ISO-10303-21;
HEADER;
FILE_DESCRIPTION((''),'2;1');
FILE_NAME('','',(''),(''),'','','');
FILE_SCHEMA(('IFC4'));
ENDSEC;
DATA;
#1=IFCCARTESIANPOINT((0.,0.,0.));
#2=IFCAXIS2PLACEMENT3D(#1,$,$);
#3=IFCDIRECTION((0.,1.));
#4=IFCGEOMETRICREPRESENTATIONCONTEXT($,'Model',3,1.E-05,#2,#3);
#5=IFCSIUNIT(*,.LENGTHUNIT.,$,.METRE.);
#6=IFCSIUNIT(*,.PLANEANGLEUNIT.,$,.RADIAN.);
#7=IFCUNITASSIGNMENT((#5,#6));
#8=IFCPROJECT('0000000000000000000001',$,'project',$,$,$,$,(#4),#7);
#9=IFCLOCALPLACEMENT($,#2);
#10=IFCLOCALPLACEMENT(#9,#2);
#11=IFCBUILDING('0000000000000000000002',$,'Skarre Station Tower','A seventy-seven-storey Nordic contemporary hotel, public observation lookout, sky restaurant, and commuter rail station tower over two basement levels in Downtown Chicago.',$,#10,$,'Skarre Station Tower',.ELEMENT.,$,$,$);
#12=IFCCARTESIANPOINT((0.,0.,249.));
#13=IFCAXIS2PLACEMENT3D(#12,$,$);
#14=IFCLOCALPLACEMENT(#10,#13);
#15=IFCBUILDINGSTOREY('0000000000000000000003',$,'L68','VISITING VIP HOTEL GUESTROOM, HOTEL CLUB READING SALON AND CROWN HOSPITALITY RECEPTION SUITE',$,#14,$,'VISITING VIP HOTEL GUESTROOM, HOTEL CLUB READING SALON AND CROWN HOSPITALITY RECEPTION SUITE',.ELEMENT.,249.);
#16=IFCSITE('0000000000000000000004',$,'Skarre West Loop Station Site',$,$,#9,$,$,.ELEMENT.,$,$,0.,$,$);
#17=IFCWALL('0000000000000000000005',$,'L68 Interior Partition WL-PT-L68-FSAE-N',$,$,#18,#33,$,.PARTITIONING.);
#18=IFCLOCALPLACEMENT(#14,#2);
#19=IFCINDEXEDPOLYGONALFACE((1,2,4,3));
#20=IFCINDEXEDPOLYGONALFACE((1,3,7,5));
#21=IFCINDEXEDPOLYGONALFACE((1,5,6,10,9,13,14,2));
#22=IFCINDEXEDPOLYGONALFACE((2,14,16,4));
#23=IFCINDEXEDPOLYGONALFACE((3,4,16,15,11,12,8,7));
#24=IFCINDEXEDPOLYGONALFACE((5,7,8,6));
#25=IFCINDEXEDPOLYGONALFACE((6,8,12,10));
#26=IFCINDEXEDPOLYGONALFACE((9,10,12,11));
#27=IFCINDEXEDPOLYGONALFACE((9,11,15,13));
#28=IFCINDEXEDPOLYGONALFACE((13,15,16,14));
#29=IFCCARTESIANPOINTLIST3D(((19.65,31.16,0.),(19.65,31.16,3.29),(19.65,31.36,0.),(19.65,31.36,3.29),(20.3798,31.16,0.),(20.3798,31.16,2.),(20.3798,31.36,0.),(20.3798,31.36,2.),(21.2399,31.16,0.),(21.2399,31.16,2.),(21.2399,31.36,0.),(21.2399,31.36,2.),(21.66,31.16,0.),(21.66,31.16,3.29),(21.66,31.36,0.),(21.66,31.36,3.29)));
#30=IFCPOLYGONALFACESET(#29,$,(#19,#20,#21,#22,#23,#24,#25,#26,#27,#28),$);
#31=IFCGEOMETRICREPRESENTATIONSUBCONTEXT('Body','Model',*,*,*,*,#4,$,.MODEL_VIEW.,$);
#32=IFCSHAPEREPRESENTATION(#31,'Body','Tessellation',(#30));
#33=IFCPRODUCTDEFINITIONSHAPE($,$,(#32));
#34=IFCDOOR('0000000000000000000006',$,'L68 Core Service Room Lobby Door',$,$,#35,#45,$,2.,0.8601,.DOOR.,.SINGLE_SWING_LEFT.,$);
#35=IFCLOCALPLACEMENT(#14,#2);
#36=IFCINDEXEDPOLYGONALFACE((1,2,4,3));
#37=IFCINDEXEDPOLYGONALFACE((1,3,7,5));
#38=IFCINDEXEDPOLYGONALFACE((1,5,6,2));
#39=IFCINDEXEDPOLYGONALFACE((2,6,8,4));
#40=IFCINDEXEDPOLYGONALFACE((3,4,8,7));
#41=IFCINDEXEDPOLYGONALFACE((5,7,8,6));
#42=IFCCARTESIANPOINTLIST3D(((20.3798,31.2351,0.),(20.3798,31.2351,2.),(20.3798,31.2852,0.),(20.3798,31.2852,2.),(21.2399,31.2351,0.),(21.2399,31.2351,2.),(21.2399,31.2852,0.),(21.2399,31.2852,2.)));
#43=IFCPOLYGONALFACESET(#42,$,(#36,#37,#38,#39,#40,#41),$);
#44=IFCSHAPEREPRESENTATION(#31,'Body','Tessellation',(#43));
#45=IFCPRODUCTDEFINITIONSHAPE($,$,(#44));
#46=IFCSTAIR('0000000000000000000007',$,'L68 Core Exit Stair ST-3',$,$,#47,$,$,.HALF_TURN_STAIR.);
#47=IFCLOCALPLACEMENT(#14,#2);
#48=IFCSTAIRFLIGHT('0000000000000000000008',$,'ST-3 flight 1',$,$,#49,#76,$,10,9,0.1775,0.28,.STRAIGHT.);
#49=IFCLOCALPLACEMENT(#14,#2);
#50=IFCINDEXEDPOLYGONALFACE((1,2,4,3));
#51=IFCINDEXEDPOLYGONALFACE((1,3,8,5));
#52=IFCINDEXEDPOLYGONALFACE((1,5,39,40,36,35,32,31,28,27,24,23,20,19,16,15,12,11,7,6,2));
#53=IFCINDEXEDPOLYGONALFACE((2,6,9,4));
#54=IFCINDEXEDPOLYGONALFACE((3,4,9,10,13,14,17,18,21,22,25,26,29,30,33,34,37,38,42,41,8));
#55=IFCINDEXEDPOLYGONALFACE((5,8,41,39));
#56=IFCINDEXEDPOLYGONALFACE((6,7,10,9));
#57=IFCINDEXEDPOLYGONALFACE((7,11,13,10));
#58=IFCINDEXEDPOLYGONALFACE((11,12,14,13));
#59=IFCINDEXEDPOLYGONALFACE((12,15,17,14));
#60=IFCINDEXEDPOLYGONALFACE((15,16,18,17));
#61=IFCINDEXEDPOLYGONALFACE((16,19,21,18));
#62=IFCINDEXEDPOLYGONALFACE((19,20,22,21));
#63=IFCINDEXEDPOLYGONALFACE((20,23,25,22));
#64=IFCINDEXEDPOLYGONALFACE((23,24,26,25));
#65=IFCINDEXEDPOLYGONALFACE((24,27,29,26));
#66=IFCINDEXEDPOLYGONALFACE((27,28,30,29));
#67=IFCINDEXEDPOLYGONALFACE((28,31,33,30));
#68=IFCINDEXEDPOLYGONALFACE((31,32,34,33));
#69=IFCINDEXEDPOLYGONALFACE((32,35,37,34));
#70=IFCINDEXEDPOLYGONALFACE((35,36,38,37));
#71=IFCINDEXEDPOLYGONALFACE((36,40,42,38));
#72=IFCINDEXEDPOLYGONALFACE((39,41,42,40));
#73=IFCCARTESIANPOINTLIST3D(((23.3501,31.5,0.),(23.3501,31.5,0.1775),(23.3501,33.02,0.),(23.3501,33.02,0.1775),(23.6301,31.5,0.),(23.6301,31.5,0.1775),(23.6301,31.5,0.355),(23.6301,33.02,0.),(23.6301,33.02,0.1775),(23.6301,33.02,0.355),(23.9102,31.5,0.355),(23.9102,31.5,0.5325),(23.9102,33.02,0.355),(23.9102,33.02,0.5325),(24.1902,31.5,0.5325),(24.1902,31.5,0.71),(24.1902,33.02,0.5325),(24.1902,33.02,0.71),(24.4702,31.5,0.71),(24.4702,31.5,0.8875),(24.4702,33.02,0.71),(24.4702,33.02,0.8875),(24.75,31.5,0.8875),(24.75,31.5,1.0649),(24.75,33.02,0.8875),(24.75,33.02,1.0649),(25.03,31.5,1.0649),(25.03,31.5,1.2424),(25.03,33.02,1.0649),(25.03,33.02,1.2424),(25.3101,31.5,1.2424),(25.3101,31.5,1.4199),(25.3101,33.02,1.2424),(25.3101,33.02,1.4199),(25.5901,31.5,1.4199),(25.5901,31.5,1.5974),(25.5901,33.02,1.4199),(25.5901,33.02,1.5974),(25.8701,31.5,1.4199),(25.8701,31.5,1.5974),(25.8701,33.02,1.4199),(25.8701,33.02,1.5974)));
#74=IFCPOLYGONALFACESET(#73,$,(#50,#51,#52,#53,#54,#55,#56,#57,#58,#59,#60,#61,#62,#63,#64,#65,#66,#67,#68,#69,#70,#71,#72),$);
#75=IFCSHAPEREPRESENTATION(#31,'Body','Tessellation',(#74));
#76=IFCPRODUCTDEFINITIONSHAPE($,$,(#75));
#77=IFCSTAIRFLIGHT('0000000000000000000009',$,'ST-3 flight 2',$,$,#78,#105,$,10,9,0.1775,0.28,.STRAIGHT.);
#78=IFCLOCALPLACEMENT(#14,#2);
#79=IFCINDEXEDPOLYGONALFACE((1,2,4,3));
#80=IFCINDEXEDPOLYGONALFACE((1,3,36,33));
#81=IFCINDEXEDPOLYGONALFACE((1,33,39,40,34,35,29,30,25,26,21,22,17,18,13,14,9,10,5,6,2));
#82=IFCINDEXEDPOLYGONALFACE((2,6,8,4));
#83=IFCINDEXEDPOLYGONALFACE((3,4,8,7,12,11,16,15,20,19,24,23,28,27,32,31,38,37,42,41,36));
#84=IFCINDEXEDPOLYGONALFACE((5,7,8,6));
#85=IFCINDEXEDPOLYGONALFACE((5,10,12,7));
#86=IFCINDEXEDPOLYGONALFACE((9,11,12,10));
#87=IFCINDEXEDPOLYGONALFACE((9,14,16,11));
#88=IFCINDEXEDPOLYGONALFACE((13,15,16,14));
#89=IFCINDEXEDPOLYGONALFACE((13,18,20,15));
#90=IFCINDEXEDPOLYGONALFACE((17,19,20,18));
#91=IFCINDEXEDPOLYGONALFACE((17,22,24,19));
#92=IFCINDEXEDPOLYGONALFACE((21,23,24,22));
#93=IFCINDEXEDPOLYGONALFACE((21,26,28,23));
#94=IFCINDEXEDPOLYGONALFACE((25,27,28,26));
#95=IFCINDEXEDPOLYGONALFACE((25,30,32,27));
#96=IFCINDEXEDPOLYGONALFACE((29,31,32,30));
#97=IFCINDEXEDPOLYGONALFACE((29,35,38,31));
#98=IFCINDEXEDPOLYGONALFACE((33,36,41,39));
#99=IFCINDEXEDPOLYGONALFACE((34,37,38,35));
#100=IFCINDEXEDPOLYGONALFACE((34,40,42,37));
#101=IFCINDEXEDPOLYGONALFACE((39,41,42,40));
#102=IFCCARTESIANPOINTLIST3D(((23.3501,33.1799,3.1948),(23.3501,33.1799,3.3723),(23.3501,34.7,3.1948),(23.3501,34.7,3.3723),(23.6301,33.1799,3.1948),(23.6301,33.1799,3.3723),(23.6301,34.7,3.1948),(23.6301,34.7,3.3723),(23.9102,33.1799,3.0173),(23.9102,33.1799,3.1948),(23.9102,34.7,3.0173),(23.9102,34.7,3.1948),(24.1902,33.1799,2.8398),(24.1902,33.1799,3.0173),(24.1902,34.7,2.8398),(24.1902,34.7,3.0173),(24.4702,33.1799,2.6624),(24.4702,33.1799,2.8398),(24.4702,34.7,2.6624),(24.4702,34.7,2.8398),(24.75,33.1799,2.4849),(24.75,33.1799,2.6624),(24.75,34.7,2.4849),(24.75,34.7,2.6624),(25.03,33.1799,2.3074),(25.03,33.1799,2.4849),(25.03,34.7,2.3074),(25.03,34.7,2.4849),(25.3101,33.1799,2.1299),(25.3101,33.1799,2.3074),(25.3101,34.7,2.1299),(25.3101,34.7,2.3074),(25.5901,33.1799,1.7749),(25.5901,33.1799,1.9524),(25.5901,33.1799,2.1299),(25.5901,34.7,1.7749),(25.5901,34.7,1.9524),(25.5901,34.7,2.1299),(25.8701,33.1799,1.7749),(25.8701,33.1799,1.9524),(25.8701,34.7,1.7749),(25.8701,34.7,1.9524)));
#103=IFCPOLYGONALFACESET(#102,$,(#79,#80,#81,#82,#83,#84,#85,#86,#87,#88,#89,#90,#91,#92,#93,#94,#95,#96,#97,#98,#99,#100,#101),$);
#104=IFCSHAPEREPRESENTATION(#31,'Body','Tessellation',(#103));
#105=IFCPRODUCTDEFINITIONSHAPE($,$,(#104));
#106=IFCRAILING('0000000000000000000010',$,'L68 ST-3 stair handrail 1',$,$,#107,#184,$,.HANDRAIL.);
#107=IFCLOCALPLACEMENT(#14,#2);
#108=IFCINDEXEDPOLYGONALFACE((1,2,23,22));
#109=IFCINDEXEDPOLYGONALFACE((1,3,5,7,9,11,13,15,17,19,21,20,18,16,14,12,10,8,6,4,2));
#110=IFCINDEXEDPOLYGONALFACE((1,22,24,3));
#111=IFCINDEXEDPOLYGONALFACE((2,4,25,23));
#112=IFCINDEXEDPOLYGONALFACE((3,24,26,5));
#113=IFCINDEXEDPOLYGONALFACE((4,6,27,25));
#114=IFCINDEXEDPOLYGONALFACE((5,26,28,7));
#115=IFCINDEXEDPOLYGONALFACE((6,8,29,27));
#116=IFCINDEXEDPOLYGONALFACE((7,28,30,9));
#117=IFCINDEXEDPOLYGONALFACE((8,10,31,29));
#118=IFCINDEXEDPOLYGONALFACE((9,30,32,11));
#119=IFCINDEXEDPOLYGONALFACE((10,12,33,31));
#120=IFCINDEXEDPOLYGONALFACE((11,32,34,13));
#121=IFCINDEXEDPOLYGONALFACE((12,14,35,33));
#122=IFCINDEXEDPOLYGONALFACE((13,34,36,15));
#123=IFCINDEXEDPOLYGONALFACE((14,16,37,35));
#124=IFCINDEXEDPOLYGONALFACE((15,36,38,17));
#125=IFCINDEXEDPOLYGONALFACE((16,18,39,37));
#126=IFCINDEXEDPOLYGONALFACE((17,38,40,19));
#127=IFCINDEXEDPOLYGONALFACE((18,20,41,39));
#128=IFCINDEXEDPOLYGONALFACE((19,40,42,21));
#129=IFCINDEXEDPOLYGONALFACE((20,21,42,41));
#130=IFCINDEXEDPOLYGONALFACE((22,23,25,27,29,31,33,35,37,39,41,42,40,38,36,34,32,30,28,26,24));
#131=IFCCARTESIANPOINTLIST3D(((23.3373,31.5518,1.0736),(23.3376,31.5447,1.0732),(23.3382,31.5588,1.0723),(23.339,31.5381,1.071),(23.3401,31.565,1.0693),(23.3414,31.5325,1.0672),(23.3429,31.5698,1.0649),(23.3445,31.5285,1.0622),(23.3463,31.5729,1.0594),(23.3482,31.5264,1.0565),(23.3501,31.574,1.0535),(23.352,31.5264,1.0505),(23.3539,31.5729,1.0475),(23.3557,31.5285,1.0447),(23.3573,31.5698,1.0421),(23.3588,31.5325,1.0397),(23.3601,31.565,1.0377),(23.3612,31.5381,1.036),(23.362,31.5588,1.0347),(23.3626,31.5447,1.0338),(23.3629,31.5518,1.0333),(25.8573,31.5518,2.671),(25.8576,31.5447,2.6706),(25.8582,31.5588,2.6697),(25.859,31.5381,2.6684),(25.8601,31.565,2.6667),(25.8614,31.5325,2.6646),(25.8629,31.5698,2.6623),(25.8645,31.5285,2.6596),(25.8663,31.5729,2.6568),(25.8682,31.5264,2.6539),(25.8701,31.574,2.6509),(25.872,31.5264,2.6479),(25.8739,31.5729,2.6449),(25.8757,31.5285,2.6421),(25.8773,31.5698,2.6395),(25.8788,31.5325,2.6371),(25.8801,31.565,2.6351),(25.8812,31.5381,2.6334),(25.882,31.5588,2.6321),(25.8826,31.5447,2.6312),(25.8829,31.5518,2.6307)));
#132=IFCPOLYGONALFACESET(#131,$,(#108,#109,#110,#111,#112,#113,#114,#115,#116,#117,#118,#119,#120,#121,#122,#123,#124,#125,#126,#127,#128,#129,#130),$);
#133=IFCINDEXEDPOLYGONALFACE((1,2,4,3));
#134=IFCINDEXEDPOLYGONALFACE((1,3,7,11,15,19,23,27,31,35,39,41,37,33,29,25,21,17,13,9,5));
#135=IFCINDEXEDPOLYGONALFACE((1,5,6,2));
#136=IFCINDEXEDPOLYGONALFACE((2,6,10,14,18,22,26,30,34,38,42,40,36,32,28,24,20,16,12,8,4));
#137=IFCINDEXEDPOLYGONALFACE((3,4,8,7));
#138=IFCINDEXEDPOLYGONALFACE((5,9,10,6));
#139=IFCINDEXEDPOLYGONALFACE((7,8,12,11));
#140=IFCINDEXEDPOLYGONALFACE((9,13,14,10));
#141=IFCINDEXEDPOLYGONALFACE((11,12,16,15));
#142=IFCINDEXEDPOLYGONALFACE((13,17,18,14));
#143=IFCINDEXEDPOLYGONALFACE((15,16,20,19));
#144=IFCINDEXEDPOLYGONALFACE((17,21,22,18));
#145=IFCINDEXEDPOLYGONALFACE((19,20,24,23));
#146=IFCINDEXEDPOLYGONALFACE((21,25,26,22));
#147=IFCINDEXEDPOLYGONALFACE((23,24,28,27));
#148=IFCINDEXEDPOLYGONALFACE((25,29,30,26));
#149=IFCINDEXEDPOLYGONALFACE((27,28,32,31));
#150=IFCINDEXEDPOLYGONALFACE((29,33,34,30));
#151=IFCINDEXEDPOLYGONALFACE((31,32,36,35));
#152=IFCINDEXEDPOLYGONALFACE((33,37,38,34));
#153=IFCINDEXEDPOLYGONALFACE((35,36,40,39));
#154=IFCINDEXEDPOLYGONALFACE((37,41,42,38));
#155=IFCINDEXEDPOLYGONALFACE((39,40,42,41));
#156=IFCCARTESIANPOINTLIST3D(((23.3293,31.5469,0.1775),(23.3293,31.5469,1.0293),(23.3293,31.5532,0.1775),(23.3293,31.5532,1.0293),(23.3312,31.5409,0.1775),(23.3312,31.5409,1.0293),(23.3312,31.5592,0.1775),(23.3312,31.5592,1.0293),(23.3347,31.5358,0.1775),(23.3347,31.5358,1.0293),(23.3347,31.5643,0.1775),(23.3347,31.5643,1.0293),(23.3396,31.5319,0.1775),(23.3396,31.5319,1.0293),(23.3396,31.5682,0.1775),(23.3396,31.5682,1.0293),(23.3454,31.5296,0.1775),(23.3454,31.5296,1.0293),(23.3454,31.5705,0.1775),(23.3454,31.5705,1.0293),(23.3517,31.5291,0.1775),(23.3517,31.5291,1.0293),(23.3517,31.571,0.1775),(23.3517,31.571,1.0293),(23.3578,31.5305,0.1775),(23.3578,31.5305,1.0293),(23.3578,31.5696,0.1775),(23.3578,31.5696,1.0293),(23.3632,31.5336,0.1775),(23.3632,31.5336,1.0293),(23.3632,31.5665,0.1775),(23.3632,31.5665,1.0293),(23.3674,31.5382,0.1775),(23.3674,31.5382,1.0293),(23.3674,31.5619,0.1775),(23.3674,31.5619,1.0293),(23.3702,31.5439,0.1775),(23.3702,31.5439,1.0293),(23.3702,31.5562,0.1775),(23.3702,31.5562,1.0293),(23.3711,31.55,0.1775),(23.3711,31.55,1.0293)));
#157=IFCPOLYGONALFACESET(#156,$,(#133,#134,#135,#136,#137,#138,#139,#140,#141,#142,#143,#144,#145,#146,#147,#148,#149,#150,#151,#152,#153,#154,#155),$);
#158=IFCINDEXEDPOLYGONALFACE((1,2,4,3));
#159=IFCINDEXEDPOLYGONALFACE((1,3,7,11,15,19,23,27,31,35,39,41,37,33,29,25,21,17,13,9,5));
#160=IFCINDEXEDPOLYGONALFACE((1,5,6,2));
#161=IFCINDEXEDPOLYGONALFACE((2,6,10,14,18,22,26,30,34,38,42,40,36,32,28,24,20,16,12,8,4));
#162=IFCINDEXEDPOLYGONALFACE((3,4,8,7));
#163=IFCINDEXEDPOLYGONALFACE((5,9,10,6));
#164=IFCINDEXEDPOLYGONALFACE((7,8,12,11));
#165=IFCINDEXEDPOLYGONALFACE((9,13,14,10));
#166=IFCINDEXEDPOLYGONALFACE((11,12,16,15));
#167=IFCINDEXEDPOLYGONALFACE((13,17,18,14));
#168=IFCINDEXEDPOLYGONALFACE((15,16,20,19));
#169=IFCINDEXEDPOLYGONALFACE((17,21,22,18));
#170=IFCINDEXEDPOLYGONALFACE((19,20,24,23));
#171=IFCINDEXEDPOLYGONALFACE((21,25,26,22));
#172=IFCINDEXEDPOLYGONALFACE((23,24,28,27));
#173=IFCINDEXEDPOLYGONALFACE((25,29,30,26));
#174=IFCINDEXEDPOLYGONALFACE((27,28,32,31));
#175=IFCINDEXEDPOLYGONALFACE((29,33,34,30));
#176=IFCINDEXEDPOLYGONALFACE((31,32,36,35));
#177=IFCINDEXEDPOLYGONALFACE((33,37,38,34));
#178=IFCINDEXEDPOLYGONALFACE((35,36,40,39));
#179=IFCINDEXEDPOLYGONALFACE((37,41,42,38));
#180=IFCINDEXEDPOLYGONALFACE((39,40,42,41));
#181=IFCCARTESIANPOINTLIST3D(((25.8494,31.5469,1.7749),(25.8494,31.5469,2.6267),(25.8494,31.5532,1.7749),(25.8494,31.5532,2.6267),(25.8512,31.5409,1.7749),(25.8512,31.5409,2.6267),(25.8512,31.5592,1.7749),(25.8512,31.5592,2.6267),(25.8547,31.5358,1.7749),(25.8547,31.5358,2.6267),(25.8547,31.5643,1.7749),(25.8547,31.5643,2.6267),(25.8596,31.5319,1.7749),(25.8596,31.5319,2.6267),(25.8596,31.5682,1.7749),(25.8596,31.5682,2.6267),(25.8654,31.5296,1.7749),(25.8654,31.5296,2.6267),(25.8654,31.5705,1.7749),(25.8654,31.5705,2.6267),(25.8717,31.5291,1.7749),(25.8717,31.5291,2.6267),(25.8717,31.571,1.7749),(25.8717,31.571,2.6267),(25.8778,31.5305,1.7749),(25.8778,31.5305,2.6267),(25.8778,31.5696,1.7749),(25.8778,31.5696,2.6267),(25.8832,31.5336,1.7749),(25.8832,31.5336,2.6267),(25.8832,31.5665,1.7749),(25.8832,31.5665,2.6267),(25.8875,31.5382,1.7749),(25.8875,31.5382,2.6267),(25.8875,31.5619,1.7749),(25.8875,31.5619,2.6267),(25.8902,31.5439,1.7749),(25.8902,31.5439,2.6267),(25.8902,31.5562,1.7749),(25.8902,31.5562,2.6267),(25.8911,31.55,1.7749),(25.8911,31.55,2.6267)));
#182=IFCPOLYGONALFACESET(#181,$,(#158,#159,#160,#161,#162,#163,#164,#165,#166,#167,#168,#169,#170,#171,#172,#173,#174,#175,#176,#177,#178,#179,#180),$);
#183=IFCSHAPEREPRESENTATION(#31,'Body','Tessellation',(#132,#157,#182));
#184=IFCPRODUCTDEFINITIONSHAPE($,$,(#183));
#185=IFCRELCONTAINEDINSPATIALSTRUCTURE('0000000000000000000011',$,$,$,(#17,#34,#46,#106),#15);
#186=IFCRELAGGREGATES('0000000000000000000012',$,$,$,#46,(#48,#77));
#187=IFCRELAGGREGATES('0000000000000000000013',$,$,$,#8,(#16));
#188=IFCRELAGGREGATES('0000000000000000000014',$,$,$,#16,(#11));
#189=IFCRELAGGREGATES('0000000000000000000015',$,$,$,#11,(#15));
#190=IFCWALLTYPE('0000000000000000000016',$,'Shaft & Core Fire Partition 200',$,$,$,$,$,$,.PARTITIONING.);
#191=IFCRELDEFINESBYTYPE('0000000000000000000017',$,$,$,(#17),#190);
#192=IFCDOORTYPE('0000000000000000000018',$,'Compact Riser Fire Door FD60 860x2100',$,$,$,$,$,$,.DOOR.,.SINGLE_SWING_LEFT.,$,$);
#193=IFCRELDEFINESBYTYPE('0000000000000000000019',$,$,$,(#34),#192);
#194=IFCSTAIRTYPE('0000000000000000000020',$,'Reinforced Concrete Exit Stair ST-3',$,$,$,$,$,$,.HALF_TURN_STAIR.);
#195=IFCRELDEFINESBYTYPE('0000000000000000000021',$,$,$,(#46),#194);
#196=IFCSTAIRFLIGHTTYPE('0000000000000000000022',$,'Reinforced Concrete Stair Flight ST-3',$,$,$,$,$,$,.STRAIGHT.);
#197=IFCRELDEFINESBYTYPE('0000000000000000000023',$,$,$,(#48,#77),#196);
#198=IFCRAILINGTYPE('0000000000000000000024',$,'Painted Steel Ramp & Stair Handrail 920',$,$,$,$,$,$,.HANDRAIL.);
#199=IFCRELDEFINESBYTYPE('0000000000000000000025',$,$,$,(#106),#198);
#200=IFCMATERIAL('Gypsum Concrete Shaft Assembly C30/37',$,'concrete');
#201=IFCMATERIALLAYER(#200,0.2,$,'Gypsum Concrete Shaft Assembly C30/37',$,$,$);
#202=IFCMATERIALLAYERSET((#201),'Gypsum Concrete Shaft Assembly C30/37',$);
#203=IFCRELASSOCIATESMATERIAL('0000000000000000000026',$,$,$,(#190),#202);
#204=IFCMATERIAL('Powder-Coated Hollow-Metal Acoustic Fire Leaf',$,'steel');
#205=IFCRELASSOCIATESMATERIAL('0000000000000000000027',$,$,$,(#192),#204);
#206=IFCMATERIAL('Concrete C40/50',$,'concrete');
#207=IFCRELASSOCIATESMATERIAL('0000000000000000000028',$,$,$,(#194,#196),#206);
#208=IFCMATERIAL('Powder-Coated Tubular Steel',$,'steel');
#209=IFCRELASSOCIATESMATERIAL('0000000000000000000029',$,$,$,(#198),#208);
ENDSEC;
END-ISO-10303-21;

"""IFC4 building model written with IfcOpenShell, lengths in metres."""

from ifc_helpers import new_model, si_unit, direction, frame, frame_2d, origin, origin_2d, place, context, subcontext, project, spatial, polyline, rectangle, circle, outline, extrude, material, layer, layer_set, type_object, element, fill, aggregate, save


model = new_model("IFC4")

# Units and contexts
model_context = context("Model", 3, precision=1e-05, world=origin(), true_north=direction((0.0, 1.0)))
body_context = subcontext(model_context, "Body", "Model", "MODEL_VIEW")
ifc_project = project(units=[si_unit("LENGTHUNIT", "METRE"), si_unit("PLANEANGLEUNIT", "RADIAN")], contexts=[model_context])

# Site, building, storey
site_placement = place(None, origin())
site = spatial("IfcSite", under=ifc_project, at=site_placement, Name="Skarre West Loop Station Site", CompositionType="ELEMENT", RefElevation=0.0)
building_placement = place(site_placement, origin())
building = spatial("IfcBuilding", under=site, at=building_placement, Name="Skarre Station Tower", Description="A seventy-seven-storey Nordic contemporary hotel, public observation lookout, sky restaurant, and commuter rail station tower over two basement levels in Downtown Chicago.", LongName="Skarre Station Tower", CompositionType="ELEMENT")
storey_placement = place(building_placement, frame((0.0, 0.0, 249.0)))
storey = spatial("IfcBuildingStorey", under=building, at=storey_placement, Name="L68", Description="VISITING VIP HOTEL GUESTROOM, HOTEL CLUB READING SALON AND CROWN HOSPITALITY RECEPTION SUITE", LongName="VISITING VIP HOTEL GUESTROOM, HOTEL CLUB READING SALON AND CROWN HOSPITALITY RECEPTION SUITE", CompositionType="ELEMENT", Elevation=249.0)

# Wall, opening, door
ifc_material_1 = material(Name="Gypsum Concrete Shaft Assembly C30/37", Category="concrete")
ifc_layer_1 = layer(ifc_material_1, 0.2, Name="Gypsum Concrete Shaft Assembly C30/37")
ifc_layer_set_1 = layer_set([ifc_layer_1], Name="Gypsum Concrete Shaft Assembly C30/37")
wall_type_1 = type_object("IfcWallType", Name="Shaft & Core Fire Partition 200", PredefinedType="PARTITIONING", material=ifc_layer_set_1)
wall_1_placement = place(storey_placement, frame((21.6599, 31.26, 0.0), z_axis=(0.0, 0.0, 1.0), x_axis=(-1.0, 0.0, 0.0)))
wall_1 = element("IfcWall", 1, at=wall_1_placement, inside=storey, type_object=wall_type_1, Name="L68 Interior Partition WL-PT-L68-FSAE-N", PredefinedType="PARTITIONING", context=body_context, shape_type="SweptSolid", body=[
    extrude(rectangle(XDim=2.01, YDim=0.2, at=frame_2d((1.0049, 0.0))), origin(), (0.0, 0.0, 1.0), 3.29),
])
opening_1_placement = place(wall_1_placement, frame((0.4199, 0.0, 0.0)))
opening_1 = element("IfcOpeningElement", 2, at=opening_1_placement, cuts=wall_1, PredefinedType="OPENING", context=body_context, shape_type="SweptSolid", body=[
    extrude(rectangle(XDim=0.8601, YDim=2.0, at=frame_2d((0.4302, 1.0))), frame((0.0, 0.1099, 0.0), z_axis=(0.0, -1.0, 0.0), x_axis=(1.0, 0.0, 0.0)), (0.0, 0.0, 1.0), 0.22),
])
ifc_material_2 = material(Name="Powder-Coated Hollow-Metal Acoustic Fire Leaf", Category="steel")
door_type_1 = type_object("IfcDoorType", Name="Compact Riser Fire Door FD60 860x2100", OperationType="SINGLE_SWING_LEFT", PredefinedType="DOOR", material=ifc_material_2)
door_1_placement = place(opening_1_placement, origin())
door_1 = element("IfcDoor", 3, at=door_1_placement, inside=storey, type_object=door_type_1, Name="L68 Core Service Room Lobby Door", OperationType="SINGLE_SWING_LEFT", OverallHeight=2.0, OverallWidth=0.8601, PredefinedType="DOOR", context=body_context, shape_type="SweptSolid", body=[
    extrude(rectangle(XDim=0.8601, YDim=2.0, at=frame_2d((0.4302, 1.0))), frame((0.0, 0.0249, 0.0), z_axis=(0.0, -1.0, 0.0), x_axis=(1.0, 0.0, 0.0)), (0.0, 0.0, 1.0), 0.05),
])
fill(opening_1, door_1)

# Stair, stair flights
ifc_material_3 = material(Name="Concrete C40/50", Category="concrete")
stair_type = type_object("IfcStairType", Name="Reinforced Concrete Exit Stair ST-3", PredefinedType="HALF_TURN_STAIR", material=ifc_material_3)
stair_placement = place(storey_placement, origin())
stair = element("IfcStair", 4, at=stair_placement, inside=storey, type_object=stair_type, Name="L68 Core Exit Stair ST-3", PredefinedType="HALF_TURN_STAIR")
stair_flight_type = type_object("IfcStairFlightType", Name="Reinforced Concrete Stair Flight ST-3", PredefinedType="STRAIGHT", material=ifc_material_3)
stair_flight_1_placement = place(storey_placement, frame((23.3501, 32.26, 0.0), z_axis=(0.0, 0.0, 1.0), x_axis=(1.0, 0.0, 0.0)))
stair_flight_1 = element("IfcStairFlight", 5, at=stair_flight_1_placement, type_object=stair_flight_type, Name="ST-3 flight 1", NumberOfRisers=10, NumberOfTreads=9, PredefinedType="STRAIGHT", RiserHeight=0.1775, TreadLength=0.28, context=body_context, shape_type="SweptSolid", body=[
    extrude(outline(polyline([(0.0, 0.0), (0.0, 0.1775), (0.28, 0.1775), (0.28, 0.355), (0.5601, 0.355), (0.5601, 0.5325), (0.8401, 0.5325), (0.8401, 0.71), (1.1201, 0.71), (1.1201, 0.8875), (1.3999, 0.8875), (1.3999, 1.0649), (1.6799, 1.0649), (1.6799, 1.2424), (1.96, 1.2424), (1.96, 1.4199), (2.24, 1.4199), (2.24, 1.5974), (2.52, 1.5974), (2.52, 1.7749), (2.52, 1.4199), (0.28, 0.0), (0.0, 0.0)])), frame((0.0, 0.76, 0.0), z_axis=(0.0, -1.0, 0.0), x_axis=(1.0, 0.0, 0.0)), (0.0, 0.0, 1.0), 1.52),
])
stair_flight_2_placement = place(storey_placement, frame((25.8701, 33.9399, 1.7749), z_axis=(0.0, 0.0, 1.0), x_axis=(-1.0, 0.0, 0.0)))
stair_flight_2 = element("IfcStairFlight", 6, at=stair_flight_2_placement, type_object=stair_flight_type, Name="ST-3 flight 2", NumberOfRisers=10, NumberOfTreads=9, PredefinedType="STRAIGHT", RiserHeight=0.1775, TreadLength=0.28, context=body_context, shape_type="SweptSolid", body=[
    extrude(outline(polyline([(0.0, 0.0), (0.0, 0.1775), (0.28, 0.1775), (0.28, 0.355), (0.5601, 0.355), (0.5601, 0.5325), (0.8401, 0.5325), (0.8401, 0.71), (1.1201, 0.71), (1.1201, 0.8875), (1.3999, 0.8875), (1.3999, 1.0649), (1.6799, 1.0649), (1.6799, 1.2424), (1.96, 1.2424), (1.96, 1.4199), (2.24, 1.4199), (2.24, 1.5974), (2.52, 1.5974), (2.52, 1.7749), (2.52, 1.4199), (0.28, 0.0), (0.0, 0.0)])), frame((0.0, 0.76, 0.0), z_axis=(0.0, -1.0, 0.0), x_axis=(1.0, 0.0, 0.0)), (0.0, 0.0, 1.0), 1.52),
])
aggregate(stair, [stair_flight_1, stair_flight_2])

# Railing
ifc_material_4 = material(Name="Powder-Coated Tubular Steel", Category="steel")
railing_type_1 = type_object("IfcRailingType", Name="Painted Steel Ramp & Stair Handrail 920", PredefinedType="HANDRAIL", material=ifc_material_4)
railing_1_placement = place(storey_placement, frame((23.3501, 31.55, 0.1775)))
element("IfcRailing", 7, at=railing_1_placement, inside=storey, type_object=railing_type_1, Name="L68 ST-3 stair handrail 1", PredefinedType="HANDRAIL", context=body_context, shape_type="SweptSolid", body=[
    extrude(circle(Radius=0.0239, at=origin_2d()), frame((0.0, 0.0, 0.876), z_axis=(0.844607, 0.0, 0.535387), x_axis=(0.0, 1.0, 0.0)), (0.0, 0.0, 1.0), 2.9836),
    extrude(circle(Radius=0.021, at=origin_2d()), origin(), (0.0, 0.0, 1.0), 0.8518),
    extrude(circle(Radius=0.021, at=origin_2d()), frame((2.52, 0.0, 1.5974)), (0.0, 0.0, 1.0), 0.8518),
])

save(model, "model.ifc")
